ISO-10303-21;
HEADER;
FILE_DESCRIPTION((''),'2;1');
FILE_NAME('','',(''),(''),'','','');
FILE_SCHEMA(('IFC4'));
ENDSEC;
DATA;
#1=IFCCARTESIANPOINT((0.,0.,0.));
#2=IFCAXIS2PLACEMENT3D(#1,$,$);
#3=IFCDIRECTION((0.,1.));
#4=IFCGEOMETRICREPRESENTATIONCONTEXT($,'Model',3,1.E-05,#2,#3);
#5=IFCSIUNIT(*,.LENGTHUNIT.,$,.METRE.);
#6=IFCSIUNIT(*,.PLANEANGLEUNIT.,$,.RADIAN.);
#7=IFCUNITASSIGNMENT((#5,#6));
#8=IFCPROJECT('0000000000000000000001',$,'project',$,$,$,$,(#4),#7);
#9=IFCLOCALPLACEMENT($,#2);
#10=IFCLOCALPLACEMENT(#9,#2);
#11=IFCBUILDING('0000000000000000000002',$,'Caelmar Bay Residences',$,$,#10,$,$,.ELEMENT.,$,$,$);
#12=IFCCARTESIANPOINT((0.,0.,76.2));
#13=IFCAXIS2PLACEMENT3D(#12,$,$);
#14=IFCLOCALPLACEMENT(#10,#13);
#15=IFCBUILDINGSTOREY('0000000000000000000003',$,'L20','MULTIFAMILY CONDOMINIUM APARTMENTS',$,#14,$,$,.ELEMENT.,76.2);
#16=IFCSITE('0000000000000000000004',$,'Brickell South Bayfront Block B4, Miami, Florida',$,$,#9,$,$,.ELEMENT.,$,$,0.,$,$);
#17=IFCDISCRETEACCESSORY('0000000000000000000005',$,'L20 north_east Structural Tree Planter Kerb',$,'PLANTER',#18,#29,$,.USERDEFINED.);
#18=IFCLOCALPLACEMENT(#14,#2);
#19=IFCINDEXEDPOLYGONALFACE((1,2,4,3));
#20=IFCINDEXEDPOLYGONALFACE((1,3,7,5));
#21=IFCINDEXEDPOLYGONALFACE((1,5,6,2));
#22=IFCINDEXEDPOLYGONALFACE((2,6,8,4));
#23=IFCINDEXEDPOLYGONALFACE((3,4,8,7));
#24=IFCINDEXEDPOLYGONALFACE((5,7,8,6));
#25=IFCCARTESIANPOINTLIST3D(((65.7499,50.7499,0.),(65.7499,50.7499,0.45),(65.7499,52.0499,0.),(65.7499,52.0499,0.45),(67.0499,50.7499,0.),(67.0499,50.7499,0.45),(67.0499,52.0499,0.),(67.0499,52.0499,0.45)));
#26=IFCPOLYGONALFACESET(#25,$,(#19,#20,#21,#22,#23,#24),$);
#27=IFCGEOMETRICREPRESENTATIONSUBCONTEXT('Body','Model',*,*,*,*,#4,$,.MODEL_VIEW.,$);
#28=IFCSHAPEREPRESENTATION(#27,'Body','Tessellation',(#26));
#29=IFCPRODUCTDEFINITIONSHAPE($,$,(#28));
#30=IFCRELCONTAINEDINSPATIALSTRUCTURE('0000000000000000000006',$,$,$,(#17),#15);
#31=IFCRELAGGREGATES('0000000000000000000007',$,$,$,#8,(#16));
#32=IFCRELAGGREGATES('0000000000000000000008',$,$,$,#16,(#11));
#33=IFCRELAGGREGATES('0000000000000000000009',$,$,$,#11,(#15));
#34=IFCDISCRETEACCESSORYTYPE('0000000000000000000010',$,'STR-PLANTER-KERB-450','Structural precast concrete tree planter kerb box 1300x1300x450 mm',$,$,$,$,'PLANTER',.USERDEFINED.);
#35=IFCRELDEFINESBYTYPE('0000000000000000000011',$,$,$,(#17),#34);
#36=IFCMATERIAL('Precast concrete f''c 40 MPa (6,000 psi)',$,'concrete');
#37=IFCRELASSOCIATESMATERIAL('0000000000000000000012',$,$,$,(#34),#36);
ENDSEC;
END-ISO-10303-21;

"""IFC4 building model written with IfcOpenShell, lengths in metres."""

from ifc_helpers import new_model, si_unit, direction, frame, origin, origin_2d, place, context, subcontext, project, spatial, rectangle, extrude, material, type_object, element, save


model = new_model("IFC4")

# Units and contexts
model_context = context("Model", 3, precision=1e-05, world=origin(), true_north=direction((0.0, 1.0)))
body_context = subcontext(model_context, "Body", "Model", "MODEL_VIEW")
ifc_project = project(units=[si_unit("LENGTHUNIT", "METRE"), si_unit("PLANEANGLEUNIT", "RADIAN")], contexts=[model_context])

# Site, building, storey
site_placement = place(None, origin())
site = spatial("IfcSite", under=ifc_project, at=site_placement, Name="Brickell South Bayfront Block B4, Miami, Florida", CompositionType="ELEMENT", RefElevation=0.0)
building_placement = place(site_placement, origin())
building = spatial("IfcBuilding", under=site, at=building_placement, Name="Caelmar Bay Residences", CompositionType="ELEMENT")
storey_placement = place(building_placement, frame((0.0, 0.0, 76.2)))
storey = spatial("IfcBuildingStorey", under=building, at=storey_placement, Name="L20", Description="MULTIFAMILY CONDOMINIUM APARTMENTS", CompositionType="ELEMENT", Elevation=76.2)

# Shared definitions
ifc_material_1 = material(Name="Precast concrete f'c 40 MPa (6,000 psi)", Category="concrete")

# Discrete accessory
discrete_accessory_type = type_object("IfcDiscreteAccessoryType", Name="STR-PLANTER-KERB-450", Description="Structural precast concrete tree planter kerb box 1300x1300x450 mm", ElementType="PLANTER", PredefinedType="USERDEFINED", material=ifc_material_1)
discrete_accessory_placement = place(storey_placement, frame((66.3999, 51.3999, 0.0), z_axis=(0.0, 0.0, 1.0), x_axis=(1.0, 0.0, 0.0)))
element("IfcDiscreteAccessory", 1, at=discrete_accessory_placement, inside=storey, type_object=discrete_accessory_type, Name="L20 north_east Structural Tree Planter Kerb", ObjectType="PLANTER", PredefinedType="USERDEFINED", context=body_context, shape_type="SweptSolid", body=[
    extrude(rectangle(XDim=1.3, YDim=1.3, at=origin_2d()), origin(), (0.0, 0.0, 1.0), 0.45),
])

save(model, "model.ifc")
